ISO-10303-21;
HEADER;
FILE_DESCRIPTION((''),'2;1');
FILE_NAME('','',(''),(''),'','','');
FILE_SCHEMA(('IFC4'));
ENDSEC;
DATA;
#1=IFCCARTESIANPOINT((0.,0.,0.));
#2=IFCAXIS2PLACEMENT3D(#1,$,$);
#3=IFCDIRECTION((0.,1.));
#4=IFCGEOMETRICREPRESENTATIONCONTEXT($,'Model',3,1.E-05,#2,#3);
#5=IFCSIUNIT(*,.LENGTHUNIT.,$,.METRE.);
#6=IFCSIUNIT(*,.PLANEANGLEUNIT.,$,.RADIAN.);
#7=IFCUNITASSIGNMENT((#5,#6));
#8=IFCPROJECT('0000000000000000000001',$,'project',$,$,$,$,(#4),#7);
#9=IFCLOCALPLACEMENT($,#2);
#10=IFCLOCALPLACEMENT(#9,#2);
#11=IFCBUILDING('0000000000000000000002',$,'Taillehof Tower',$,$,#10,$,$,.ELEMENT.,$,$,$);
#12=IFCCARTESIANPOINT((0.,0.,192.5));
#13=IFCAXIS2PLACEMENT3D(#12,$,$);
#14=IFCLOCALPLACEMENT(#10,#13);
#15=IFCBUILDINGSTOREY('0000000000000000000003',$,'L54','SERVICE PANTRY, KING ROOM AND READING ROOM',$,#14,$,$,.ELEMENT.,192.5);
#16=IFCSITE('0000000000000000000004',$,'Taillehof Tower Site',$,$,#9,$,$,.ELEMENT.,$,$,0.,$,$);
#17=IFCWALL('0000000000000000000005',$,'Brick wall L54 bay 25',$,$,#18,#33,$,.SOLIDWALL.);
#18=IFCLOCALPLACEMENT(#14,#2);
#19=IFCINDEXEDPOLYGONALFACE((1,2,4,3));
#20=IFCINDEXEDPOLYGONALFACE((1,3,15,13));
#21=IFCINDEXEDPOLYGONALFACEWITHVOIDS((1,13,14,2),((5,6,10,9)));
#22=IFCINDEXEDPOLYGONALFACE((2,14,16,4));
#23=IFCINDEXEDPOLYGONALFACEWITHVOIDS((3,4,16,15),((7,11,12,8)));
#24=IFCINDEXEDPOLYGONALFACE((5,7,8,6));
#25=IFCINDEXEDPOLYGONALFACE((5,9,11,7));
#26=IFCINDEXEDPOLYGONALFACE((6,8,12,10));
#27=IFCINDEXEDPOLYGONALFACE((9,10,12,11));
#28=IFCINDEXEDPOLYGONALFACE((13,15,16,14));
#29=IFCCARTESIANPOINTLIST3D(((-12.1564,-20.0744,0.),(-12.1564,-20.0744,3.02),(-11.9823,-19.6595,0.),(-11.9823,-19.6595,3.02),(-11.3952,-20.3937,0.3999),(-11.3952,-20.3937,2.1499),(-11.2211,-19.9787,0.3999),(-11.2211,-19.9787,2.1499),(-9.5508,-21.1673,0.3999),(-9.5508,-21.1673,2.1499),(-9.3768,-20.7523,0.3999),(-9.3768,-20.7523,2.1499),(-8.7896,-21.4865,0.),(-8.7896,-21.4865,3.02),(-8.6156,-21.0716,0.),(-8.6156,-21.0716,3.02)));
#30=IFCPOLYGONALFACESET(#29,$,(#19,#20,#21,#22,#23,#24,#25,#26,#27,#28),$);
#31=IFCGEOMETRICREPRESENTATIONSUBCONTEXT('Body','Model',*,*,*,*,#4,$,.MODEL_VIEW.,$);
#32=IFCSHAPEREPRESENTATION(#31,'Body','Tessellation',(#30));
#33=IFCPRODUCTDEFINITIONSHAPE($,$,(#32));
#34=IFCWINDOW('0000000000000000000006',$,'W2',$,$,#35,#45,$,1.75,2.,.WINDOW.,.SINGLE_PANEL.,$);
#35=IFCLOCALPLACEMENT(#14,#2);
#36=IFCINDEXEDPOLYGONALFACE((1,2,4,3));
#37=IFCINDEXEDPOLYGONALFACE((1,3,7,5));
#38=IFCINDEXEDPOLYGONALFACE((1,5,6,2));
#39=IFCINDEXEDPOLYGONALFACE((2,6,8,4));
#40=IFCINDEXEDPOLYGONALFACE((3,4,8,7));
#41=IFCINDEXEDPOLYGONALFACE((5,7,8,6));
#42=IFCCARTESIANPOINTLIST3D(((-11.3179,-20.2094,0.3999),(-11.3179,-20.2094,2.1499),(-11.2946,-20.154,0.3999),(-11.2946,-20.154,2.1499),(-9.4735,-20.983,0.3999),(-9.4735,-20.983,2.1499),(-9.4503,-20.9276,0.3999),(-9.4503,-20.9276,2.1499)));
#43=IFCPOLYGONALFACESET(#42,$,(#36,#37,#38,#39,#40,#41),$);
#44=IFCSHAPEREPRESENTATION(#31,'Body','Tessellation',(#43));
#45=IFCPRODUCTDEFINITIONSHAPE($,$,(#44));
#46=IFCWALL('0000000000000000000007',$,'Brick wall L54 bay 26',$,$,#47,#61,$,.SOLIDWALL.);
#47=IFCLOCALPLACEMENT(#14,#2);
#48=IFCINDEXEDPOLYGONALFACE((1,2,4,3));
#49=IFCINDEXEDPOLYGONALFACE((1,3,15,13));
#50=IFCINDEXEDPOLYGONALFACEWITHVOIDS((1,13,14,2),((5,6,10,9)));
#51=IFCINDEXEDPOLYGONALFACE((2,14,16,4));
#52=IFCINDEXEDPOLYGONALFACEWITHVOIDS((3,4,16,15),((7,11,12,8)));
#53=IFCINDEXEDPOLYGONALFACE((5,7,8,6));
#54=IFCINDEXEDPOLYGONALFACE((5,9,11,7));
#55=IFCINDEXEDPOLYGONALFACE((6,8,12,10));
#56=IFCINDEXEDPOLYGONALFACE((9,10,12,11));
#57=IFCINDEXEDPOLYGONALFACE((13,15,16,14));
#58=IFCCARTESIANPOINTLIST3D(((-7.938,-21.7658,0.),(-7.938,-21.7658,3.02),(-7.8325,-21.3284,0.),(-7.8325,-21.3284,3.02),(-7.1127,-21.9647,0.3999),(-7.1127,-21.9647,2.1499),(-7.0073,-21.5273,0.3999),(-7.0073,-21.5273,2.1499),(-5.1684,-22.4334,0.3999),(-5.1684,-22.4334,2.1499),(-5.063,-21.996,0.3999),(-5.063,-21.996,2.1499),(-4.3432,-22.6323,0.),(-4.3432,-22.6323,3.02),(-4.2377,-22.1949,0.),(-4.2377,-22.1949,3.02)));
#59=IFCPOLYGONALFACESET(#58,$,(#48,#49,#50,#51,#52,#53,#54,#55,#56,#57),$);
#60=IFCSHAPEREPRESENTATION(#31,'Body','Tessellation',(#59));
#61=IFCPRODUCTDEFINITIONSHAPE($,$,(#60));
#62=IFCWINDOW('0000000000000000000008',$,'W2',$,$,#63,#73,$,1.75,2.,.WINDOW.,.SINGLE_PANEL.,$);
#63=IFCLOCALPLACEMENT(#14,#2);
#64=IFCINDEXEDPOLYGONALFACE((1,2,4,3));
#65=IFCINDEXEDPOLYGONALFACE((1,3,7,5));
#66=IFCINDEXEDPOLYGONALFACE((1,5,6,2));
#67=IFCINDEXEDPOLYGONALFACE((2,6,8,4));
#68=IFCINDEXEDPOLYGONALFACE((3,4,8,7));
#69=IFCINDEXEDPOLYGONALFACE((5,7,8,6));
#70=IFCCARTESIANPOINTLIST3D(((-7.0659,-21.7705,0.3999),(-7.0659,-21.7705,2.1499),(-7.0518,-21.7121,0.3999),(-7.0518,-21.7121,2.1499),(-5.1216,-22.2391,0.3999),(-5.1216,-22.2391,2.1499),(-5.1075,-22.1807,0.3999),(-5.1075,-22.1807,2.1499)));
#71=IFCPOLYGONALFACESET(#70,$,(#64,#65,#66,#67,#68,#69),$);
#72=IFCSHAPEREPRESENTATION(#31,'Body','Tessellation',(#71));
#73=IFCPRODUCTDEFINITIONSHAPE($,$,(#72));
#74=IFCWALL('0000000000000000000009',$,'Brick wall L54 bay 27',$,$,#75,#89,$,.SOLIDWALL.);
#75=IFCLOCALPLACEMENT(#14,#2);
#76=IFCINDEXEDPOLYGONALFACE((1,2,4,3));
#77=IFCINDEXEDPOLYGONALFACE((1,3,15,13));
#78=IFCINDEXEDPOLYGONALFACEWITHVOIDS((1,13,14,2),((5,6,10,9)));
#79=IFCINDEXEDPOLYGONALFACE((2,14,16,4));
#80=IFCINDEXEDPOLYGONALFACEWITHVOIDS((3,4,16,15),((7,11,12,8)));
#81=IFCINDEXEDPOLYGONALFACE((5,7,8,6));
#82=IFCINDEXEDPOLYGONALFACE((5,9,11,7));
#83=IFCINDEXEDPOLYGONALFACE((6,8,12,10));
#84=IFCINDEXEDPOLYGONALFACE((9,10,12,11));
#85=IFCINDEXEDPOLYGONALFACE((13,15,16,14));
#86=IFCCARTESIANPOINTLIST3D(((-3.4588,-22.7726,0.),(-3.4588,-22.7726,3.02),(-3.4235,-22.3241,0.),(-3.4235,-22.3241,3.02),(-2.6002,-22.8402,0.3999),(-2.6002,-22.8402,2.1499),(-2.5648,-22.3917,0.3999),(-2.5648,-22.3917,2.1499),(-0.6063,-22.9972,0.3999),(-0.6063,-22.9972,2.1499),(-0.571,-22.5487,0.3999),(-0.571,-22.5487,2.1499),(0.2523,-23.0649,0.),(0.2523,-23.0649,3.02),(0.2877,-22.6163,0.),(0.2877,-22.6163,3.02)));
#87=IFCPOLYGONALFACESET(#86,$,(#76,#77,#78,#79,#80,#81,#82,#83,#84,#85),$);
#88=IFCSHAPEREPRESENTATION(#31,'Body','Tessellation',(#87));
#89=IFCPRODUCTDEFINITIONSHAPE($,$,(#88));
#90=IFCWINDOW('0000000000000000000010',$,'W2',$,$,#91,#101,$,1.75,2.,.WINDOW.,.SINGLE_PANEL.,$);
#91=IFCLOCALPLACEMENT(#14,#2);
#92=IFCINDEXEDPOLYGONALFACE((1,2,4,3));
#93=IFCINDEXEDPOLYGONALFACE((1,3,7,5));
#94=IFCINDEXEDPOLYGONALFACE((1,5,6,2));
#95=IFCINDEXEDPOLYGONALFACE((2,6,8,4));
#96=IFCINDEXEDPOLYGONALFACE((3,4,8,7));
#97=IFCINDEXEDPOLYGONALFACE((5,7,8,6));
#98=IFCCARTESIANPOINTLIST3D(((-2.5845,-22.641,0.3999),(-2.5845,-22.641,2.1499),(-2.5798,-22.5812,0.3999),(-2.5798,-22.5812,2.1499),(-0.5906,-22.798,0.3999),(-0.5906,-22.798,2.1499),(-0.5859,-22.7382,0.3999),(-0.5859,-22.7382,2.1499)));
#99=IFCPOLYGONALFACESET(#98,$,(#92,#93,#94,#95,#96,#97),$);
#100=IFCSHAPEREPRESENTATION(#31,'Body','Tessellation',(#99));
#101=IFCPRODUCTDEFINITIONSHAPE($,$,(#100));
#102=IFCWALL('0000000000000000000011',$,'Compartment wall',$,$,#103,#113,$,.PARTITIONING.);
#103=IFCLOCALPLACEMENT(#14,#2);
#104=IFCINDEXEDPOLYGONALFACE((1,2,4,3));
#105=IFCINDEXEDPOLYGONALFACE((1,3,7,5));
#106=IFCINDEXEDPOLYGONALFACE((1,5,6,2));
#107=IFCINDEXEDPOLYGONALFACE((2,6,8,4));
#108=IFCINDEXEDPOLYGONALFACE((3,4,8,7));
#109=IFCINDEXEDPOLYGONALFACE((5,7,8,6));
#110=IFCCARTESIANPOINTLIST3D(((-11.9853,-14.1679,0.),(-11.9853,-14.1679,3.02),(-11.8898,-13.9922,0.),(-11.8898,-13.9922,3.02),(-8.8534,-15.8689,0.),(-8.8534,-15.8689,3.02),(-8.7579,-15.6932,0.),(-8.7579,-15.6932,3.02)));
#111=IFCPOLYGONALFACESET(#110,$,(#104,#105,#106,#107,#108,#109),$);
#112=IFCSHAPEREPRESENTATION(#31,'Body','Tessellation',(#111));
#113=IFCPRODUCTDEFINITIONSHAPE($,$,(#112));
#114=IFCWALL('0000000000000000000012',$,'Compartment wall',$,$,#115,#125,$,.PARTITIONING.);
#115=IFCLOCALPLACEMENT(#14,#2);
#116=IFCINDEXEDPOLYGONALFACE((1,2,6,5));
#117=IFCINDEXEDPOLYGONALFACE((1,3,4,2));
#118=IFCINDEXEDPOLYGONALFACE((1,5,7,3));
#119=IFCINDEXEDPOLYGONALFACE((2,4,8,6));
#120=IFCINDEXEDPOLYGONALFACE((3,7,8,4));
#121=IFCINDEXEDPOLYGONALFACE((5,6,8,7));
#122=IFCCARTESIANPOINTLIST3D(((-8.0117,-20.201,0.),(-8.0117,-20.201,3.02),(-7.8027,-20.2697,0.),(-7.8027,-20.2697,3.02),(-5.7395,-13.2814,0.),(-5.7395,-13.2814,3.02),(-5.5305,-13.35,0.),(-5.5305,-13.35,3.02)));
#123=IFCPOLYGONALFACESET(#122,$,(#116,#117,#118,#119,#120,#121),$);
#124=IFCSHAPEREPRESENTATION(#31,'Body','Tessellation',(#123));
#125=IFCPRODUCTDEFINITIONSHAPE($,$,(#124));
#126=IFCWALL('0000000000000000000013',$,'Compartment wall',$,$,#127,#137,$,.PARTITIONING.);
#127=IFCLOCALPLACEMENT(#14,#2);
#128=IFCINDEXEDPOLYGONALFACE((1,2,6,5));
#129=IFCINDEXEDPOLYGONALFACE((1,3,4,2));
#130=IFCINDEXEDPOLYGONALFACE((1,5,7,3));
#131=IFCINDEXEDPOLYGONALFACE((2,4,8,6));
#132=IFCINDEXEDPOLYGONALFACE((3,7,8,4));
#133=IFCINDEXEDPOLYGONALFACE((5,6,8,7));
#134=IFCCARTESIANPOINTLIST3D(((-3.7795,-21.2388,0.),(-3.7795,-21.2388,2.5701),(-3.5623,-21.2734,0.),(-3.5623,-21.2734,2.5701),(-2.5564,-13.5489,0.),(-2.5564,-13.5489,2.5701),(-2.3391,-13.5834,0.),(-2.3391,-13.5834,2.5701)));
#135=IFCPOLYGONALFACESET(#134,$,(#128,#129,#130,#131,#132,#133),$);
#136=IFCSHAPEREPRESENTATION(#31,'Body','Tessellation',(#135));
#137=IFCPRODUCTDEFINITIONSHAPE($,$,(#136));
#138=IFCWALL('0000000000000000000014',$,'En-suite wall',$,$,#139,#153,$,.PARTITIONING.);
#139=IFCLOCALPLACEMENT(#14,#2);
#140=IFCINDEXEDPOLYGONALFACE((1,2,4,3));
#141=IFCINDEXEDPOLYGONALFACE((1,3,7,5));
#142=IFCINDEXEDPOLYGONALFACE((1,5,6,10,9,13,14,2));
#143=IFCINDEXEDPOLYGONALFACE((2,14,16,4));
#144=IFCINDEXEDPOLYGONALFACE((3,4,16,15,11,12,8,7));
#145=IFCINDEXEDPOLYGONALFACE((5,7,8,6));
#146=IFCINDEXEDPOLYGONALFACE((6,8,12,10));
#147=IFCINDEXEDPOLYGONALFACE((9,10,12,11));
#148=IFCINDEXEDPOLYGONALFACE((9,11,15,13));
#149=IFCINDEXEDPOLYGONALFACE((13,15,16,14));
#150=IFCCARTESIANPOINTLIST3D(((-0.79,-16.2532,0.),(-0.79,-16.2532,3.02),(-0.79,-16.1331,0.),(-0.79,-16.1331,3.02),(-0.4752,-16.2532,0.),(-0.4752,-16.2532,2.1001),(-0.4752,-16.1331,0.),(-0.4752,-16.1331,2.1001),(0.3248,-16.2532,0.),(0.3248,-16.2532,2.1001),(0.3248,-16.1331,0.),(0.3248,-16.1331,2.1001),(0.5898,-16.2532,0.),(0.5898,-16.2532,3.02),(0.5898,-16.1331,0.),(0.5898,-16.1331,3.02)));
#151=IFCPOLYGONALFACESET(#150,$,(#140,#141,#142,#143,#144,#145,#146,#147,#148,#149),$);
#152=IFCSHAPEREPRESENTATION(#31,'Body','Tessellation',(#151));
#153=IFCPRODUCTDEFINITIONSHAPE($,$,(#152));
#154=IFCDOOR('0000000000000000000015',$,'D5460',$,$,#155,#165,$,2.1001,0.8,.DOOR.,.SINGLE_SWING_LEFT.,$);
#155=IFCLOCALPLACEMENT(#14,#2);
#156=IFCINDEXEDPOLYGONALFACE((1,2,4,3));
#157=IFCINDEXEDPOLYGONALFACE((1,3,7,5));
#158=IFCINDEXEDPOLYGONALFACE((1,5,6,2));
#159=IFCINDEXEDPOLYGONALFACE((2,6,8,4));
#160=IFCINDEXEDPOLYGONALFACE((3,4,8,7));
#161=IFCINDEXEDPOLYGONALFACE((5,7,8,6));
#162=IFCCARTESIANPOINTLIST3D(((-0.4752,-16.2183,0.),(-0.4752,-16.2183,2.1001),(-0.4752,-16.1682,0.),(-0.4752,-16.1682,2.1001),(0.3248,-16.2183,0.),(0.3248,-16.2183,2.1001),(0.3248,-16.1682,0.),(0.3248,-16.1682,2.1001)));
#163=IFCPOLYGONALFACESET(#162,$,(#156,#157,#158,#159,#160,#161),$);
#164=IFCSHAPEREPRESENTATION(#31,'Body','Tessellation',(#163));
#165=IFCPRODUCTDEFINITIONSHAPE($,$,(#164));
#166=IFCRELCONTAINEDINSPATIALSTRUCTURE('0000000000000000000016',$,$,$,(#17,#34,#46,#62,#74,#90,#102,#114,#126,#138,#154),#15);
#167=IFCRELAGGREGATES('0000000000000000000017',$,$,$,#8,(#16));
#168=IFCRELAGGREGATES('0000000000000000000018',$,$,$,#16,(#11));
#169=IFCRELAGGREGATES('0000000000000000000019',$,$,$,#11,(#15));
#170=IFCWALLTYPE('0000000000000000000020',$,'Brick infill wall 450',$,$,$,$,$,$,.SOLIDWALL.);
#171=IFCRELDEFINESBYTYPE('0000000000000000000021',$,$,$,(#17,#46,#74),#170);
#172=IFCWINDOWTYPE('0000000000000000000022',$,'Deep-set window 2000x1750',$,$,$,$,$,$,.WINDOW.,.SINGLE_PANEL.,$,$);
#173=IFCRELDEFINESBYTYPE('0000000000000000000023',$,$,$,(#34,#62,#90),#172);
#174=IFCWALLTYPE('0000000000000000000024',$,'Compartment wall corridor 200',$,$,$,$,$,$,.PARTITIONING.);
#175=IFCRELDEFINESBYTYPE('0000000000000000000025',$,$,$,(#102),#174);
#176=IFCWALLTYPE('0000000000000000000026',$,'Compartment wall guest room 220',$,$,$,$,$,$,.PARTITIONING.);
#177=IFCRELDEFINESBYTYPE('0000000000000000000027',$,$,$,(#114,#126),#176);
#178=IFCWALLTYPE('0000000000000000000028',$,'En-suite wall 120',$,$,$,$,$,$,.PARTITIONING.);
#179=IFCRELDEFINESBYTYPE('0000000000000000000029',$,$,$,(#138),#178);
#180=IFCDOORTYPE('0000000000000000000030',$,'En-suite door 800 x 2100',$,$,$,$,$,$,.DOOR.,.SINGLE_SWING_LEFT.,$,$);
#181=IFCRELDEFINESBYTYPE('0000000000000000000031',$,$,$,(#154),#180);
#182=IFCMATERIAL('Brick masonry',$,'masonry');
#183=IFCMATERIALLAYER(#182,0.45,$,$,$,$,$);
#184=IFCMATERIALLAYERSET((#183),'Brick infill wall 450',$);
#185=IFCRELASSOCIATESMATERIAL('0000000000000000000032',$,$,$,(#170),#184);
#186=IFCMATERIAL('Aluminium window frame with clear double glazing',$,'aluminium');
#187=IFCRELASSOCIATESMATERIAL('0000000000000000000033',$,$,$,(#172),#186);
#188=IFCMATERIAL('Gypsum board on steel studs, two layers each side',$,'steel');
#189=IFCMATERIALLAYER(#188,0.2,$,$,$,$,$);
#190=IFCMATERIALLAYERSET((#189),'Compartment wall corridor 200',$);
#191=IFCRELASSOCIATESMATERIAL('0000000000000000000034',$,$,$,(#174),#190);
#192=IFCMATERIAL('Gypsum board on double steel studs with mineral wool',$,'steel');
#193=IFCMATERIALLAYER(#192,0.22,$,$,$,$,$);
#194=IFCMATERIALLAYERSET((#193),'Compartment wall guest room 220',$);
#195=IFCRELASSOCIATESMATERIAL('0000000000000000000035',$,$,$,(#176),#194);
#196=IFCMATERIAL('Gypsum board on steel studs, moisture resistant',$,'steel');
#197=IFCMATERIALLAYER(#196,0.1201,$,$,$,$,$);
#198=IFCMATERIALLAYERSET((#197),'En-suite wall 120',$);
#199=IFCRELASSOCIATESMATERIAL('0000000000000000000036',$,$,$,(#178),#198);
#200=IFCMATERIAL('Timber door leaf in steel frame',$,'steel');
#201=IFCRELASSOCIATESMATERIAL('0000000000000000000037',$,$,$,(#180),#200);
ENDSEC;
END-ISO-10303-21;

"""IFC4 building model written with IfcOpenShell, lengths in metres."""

from ifc_helpers import new_model, si_unit, direction, frame, frame_2d, origin, place, context, subcontext, project, spatial, rectangle, extrude, material, layer, layer_set, type_object, element, fill, save


model = new_model("IFC4")

# Units and contexts
model_context = context("Model", 3, precision=1e-05, world=origin(), true_north=direction((0.0, 1.0)))
body_context = subcontext(model_context, "Body", "Model", "MODEL_VIEW")
ifc_project = project(units=[si_unit("LENGTHUNIT", "METRE"), si_unit("PLANEANGLEUNIT", "RADIAN")], contexts=[model_context])

# Site, building, storey
site_placement = place(None, origin())
site = spatial("IfcSite", under=ifc_project, at=site_placement, Name="Taillehof Tower Site", CompositionType="ELEMENT", RefElevation=0.0)
building_placement = place(site_placement, origin())
building = spatial("IfcBuilding", under=site, at=building_placement, Name="Taillehof Tower", CompositionType="ELEMENT")
storey_placement = place(building_placement, frame((0.0, 0.0, 192.5)))
storey = spatial("IfcBuildingStorey", under=building, at=storey_placement, Name="L54", Description="SERVICE PANTRY, KING ROOM AND READING ROOM", CompositionType="ELEMENT", Elevation=192.5)

# Walls, openings, windows
ifc_material_1 = material(Name="Brick masonry", Category="masonry")
ifc_layer_1 = layer(ifc_material_1, 0.45)
ifc_layer_set_1 = layer_set([ifc_layer_1], Name="Brick infill wall 450")
wall_type_1 = type_object("IfcWallType", Name="Brick infill wall 450", PredefinedType="SOLIDWALL", material=ifc_layer_set_1)
wall_1_placement = place(storey_placement, frame((-12.0693, -19.8669, 0.0), z_axis=(0.0, 0.0, 1.0), x_axis=(0.922168, -0.386789, 0.0)))
wall_1 = element("IfcWall", 1, at=wall_1_placement, inside=storey, type_object=wall_type_1, Name="Brick wall L54 bay 25", PredefinedType="SOLIDWALL", context=body_context, shape_type="SweptSolid", body=[
    extrude(rectangle(XDim=3.6509, YDim=0.45, at=frame_2d((1.8254, 0.0))), origin(), (0.0, 0.0, 1.0), 3.02),
])
opening_1_placement = place(wall_1_placement, frame((0.8254, 0.0, 0.3999)))
opening_1 = element("IfcOpeningElement", 2, at=opening_1_placement, cuts=wall_1, PredefinedType="OPENING", context=body_context, shape_type="SweptSolid", body=[
    extrude(rectangle(XDim=2.0, YDim=1.75, at=frame_2d((1.0, 0.875))), frame((0.0, 0.2349, 0.0), z_axis=(0.0, -1.0, 0.0), x_axis=(1.0, 0.0, 0.0)), (0.0, 0.0, 1.0), 0.47),
])
ifc_material_2 = material(Name="Aluminium window frame with clear double glazing", Category="aluminium")
window_type = type_object("IfcWindowType", Name="Deep-set window 2000x1750", PartitioningType="SINGLE_PANEL", PredefinedType="WINDOW", material=ifc_material_2)
window_1_placement = place(opening_1_placement, origin())
window_1 = element("IfcWindow", 3, at=window_1_placement, inside=storey, type_object=window_type, Name="W2", OverallHeight=1.75, OverallWidth=2.0, PartitioningType="SINGLE_PANEL", PredefinedType="WINDOW", context=body_context, shape_type="SweptSolid", body=[
    extrude(rectangle(XDim=2.0, YDim=1.75, at=frame_2d((1.0, 0.875))), frame((0.0, 0.0349, 0.0), z_axis=(0.0, -1.0, 0.0), x_axis=(1.0, 0.0, 0.0)), (0.0, 0.0, 1.0), 0.0601),
])
fill(opening_1, window_1)
wall_2_placement = place(storey_placement, frame((-7.8853, -21.5471, 0.0), z_axis=(0.0, 0.0, 1.0), x_axis=(0.972158, -0.234324, 0.0)))
wall_2 = element("IfcWall", 4, at=wall_2_placement, inside=storey, type_object=wall_type_1, Name="Brick wall L54 bay 26", PredefinedType="SOLIDWALL", context=body_context, shape_type="SweptSolid", body=[
    extrude(rectangle(XDim=3.6978, YDim=0.45, at=frame_2d((1.8489, 0.0))), origin(), (0.0, 0.0, 1.0), 3.02),
])
opening_2_placement = place(wall_2_placement, frame((0.8489, 0.0, 0.3999)))
opening_2 = element("IfcOpeningElement", 5, at=opening_2_placement, cuts=wall_2, PredefinedType="OPENING", context=body_context, shape_type="SweptSolid", body=[
    extrude(rectangle(XDim=2.0, YDim=1.75, at=frame_2d((1.0, 0.875))), frame((0.0, 0.2349, 0.0), z_axis=(0.0, -1.0, 0.0), x_axis=(1.0, 0.0, 0.0)), (0.0, 0.0, 1.0), 0.47),
])
window_2_placement = place(opening_2_placement, origin())
window_2 = element("IfcWindow", 6, at=window_2_placement, inside=storey, type_object=window_type, Name="W2", OverallHeight=1.75, OverallWidth=2.0, PartitioningType="SINGLE_PANEL", PredefinedType="WINDOW", context=body_context, shape_type="SweptSolid", body=[
    extrude(rectangle(XDim=2.0, YDim=1.75, at=frame_2d((1.0, 0.875))), frame((0.0, 0.0349, 0.0), z_axis=(0.0, -1.0, 0.0), x_axis=(1.0, 0.0, 0.0)), (0.0, 0.0, 1.0), 0.0601),
])
fill(opening_2, window_2)
wall_3_placement = place(storey_placement, frame((-3.4412, -22.5483, 0.0), z_axis=(0.0, 0.0, 1.0), x_axis=(0.996914, -0.078502, 0.0)))
wall_3 = element("IfcWall", 7, at=wall_3_placement, inside=storey, type_object=wall_type_1, Name="Brick wall L54 bay 27", PredefinedType="SOLIDWALL", context=body_context, shape_type="SweptSolid", body=[
    extrude(rectangle(XDim=3.7227, YDim=0.45, at=frame_2d((1.8613, 0.0))), origin(), (0.0, 0.0, 1.0), 3.02),
])
opening_3_placement = place(wall_3_placement, frame((0.8613, 0.0, 0.3999)))
opening_3 = element("IfcOpeningElement", 8, at=opening_3_placement, cuts=wall_3, PredefinedType="OPENING", context=body_context, shape_type="SweptSolid", body=[
    extrude(rectangle(XDim=2.0, YDim=1.75, at=frame_2d((1.0, 0.875))), frame((0.0, 0.2349, 0.0), z_axis=(0.0, -1.0, 0.0), x_axis=(1.0, 0.0, 0.0)), (0.0, 0.0, 1.0), 0.47),
])
window_3_placement = place(opening_3_placement, origin())
window_3 = element("IfcWindow", 9, at=window_3_placement, inside=storey, type_object=window_type, Name="W2", OverallHeight=1.75, OverallWidth=2.0, PartitioningType="SINGLE_PANEL", PredefinedType="WINDOW", context=body_context, shape_type="SweptSolid", body=[
    extrude(rectangle(XDim=2.0, YDim=1.75, at=frame_2d((1.0, 0.875))), frame((0.0, 0.0349, 0.0), z_axis=(0.0, -1.0, 0.0), x_axis=(1.0, 0.0, 0.0)), (0.0, 0.0, 1.0), 0.0601),
])
fill(opening_3, window_3)

# Walls
ifc_material_3 = material(Name="Gypsum board on steel studs, two layers each side", Category="steel")
ifc_layer_2 = layer(ifc_material_3, 0.2)
ifc_layer_set_2 = layer_set([ifc_layer_2], Name="Compartment wall corridor 200")
wall_type_2 = type_object("IfcWallType", Name="Compartment wall corridor 200", PredefinedType="PARTITIONING", material=ifc_layer_set_2)
wall_4_placement = place(storey_placement, frame((-8.8057, -15.781, 0.0), z_axis=(0.0, 0.0, 1.0), x_axis=(-0.878761, 0.477263, 0.0)))
element("IfcWall", 10, at=wall_4_placement, inside=storey, type_object=wall_type_2, Name="Compartment wall", PredefinedType="PARTITIONING", context=body_context, shape_type="SweptSolid", body=[
    extrude(rectangle(XDim=3.564, YDim=0.2, at=frame_2d((1.782, 0.0))), origin(), (0.0, 0.0, 1.0), 3.02),
])
ifc_material_4 = material(Name="Gypsum board on double steel studs with mineral wool", Category="steel")
ifc_layer_3 = layer(ifc_material_4, 0.22)
ifc_layer_set_3 = layer_set([ifc_layer_3], Name="Compartment wall guest room 220")
wall_type_3 = type_object("IfcWallType", Name="Compartment wall guest room 220", PredefinedType="PARTITIONING", material=ifc_layer_set_3)
wall_5_placement = place(storey_placement, frame((-7.9072, -20.2354, 0.0), z_axis=(0.0, 0.0, 1.0), x_axis=(0.311981, 0.950088, 0.0)))
element("IfcWall", 11, at=wall_5_placement, inside=storey, type_object=wall_type_3, Name="Compartment wall", PredefinedType="PARTITIONING", context=body_context, shape_type="SweptSolid", body=[
    extrude(rectangle(XDim=7.2832, YDim=0.22, at=frame_2d((3.6416, 0.0))), origin(), (0.0, 0.0, 1.0), 3.02),
])
wall_6_placement = place(storey_placement, frame((-3.6709, -21.2561, 0.0), z_axis=(0.0, 0.0, 1.0), x_axis=(0.157083, 0.987585, 0.0)))
element("IfcWall", 12, at=wall_6_placement, inside=storey, type_object=wall_type_3, Name="Compartment wall", PredefinedType="PARTITIONING", context=body_context, shape_type="SweptSolid", body=[
    extrude(rectangle(XDim=7.7866, YDim=0.22, at=frame_2d((3.8933, 0.0))), origin(), (0.0, 0.0, 1.0), 2.5701),
])

# Wall, opening, door
ifc_material_5 = material(Name="Gypsum board on steel studs, moisture resistant", Category="steel")
ifc_layer_4 = layer(ifc_material_5, 0.1201)
ifc_layer_set_4 = layer_set([ifc_layer_4], Name="En-suite wall 120")
wall_type_4 = type_object("IfcWallType", Name="En-suite wall 120", PredefinedType="PARTITIONING", material=ifc_layer_set_4)
wall_7_placement = place(storey_placement, frame((-0.79, -16.1931, 0.0), z_axis=(0.0, 0.0, 1.0), x_axis=(1.0, 0.0, 0.0)))
wall_7 = element("IfcWall", 13, at=wall_7_placement, inside=storey, type_object=wall_type_4, Name="En-suite wall", PredefinedType="PARTITIONING", context=body_context, shape_type="SweptSolid", body=[
    extrude(rectangle(XDim=1.3799, YDim=0.1201, at=frame_2d((0.6899, 0.0))), origin(), (0.0, 0.0, 1.0), 3.02),
])
opening_4_placement = place(wall_7_placement, frame((0.3149, 0.0, 0.0)))
opening_4 = element("IfcOpeningElement", 14, at=opening_4_placement, cuts=wall_7, PredefinedType="OPENING", context=body_context, shape_type="SweptSolid", body=[
    extrude(rectangle(XDim=0.8, YDim=2.1001, at=frame_2d((0.3999, 1.05))), frame((0.0, 0.0701, 0.0), z_axis=(0.0, -1.0, 0.0), x_axis=(1.0, 0.0, 0.0)), (0.0, 0.0, 1.0), 0.1401),
])
ifc_material_6 = material(Name="Timber door leaf in steel frame", Category="steel")
door_type_1 = type_object("IfcDoorType", Name="En-suite door 800 x 2100", OperationType="SINGLE_SWING_LEFT", PredefinedType="DOOR", material=ifc_material_6)
door_1_placement = place(opening_4_placement, origin())
door_1 = element("IfcDoor", 15, at=door_1_placement, inside=storey, type_object=door_type_1, Name="D5460", OperationType="SINGLE_SWING_LEFT", OverallHeight=2.1001, OverallWidth=0.8, PredefinedType="DOOR", context=body_context, shape_type="SweptSolid", body=[
    extrude(rectangle(XDim=0.8, YDim=2.1001, at=frame_2d((0.3999, 1.05))), frame((0.0, 0.0249, 0.0), z_axis=(0.0, -1.0, 0.0), x_axis=(1.0, 0.0, 0.0)), (0.0, 0.0, 1.0), 0.05),
])
fill(opening_4, door_1)

save(model, "model.ifc")
